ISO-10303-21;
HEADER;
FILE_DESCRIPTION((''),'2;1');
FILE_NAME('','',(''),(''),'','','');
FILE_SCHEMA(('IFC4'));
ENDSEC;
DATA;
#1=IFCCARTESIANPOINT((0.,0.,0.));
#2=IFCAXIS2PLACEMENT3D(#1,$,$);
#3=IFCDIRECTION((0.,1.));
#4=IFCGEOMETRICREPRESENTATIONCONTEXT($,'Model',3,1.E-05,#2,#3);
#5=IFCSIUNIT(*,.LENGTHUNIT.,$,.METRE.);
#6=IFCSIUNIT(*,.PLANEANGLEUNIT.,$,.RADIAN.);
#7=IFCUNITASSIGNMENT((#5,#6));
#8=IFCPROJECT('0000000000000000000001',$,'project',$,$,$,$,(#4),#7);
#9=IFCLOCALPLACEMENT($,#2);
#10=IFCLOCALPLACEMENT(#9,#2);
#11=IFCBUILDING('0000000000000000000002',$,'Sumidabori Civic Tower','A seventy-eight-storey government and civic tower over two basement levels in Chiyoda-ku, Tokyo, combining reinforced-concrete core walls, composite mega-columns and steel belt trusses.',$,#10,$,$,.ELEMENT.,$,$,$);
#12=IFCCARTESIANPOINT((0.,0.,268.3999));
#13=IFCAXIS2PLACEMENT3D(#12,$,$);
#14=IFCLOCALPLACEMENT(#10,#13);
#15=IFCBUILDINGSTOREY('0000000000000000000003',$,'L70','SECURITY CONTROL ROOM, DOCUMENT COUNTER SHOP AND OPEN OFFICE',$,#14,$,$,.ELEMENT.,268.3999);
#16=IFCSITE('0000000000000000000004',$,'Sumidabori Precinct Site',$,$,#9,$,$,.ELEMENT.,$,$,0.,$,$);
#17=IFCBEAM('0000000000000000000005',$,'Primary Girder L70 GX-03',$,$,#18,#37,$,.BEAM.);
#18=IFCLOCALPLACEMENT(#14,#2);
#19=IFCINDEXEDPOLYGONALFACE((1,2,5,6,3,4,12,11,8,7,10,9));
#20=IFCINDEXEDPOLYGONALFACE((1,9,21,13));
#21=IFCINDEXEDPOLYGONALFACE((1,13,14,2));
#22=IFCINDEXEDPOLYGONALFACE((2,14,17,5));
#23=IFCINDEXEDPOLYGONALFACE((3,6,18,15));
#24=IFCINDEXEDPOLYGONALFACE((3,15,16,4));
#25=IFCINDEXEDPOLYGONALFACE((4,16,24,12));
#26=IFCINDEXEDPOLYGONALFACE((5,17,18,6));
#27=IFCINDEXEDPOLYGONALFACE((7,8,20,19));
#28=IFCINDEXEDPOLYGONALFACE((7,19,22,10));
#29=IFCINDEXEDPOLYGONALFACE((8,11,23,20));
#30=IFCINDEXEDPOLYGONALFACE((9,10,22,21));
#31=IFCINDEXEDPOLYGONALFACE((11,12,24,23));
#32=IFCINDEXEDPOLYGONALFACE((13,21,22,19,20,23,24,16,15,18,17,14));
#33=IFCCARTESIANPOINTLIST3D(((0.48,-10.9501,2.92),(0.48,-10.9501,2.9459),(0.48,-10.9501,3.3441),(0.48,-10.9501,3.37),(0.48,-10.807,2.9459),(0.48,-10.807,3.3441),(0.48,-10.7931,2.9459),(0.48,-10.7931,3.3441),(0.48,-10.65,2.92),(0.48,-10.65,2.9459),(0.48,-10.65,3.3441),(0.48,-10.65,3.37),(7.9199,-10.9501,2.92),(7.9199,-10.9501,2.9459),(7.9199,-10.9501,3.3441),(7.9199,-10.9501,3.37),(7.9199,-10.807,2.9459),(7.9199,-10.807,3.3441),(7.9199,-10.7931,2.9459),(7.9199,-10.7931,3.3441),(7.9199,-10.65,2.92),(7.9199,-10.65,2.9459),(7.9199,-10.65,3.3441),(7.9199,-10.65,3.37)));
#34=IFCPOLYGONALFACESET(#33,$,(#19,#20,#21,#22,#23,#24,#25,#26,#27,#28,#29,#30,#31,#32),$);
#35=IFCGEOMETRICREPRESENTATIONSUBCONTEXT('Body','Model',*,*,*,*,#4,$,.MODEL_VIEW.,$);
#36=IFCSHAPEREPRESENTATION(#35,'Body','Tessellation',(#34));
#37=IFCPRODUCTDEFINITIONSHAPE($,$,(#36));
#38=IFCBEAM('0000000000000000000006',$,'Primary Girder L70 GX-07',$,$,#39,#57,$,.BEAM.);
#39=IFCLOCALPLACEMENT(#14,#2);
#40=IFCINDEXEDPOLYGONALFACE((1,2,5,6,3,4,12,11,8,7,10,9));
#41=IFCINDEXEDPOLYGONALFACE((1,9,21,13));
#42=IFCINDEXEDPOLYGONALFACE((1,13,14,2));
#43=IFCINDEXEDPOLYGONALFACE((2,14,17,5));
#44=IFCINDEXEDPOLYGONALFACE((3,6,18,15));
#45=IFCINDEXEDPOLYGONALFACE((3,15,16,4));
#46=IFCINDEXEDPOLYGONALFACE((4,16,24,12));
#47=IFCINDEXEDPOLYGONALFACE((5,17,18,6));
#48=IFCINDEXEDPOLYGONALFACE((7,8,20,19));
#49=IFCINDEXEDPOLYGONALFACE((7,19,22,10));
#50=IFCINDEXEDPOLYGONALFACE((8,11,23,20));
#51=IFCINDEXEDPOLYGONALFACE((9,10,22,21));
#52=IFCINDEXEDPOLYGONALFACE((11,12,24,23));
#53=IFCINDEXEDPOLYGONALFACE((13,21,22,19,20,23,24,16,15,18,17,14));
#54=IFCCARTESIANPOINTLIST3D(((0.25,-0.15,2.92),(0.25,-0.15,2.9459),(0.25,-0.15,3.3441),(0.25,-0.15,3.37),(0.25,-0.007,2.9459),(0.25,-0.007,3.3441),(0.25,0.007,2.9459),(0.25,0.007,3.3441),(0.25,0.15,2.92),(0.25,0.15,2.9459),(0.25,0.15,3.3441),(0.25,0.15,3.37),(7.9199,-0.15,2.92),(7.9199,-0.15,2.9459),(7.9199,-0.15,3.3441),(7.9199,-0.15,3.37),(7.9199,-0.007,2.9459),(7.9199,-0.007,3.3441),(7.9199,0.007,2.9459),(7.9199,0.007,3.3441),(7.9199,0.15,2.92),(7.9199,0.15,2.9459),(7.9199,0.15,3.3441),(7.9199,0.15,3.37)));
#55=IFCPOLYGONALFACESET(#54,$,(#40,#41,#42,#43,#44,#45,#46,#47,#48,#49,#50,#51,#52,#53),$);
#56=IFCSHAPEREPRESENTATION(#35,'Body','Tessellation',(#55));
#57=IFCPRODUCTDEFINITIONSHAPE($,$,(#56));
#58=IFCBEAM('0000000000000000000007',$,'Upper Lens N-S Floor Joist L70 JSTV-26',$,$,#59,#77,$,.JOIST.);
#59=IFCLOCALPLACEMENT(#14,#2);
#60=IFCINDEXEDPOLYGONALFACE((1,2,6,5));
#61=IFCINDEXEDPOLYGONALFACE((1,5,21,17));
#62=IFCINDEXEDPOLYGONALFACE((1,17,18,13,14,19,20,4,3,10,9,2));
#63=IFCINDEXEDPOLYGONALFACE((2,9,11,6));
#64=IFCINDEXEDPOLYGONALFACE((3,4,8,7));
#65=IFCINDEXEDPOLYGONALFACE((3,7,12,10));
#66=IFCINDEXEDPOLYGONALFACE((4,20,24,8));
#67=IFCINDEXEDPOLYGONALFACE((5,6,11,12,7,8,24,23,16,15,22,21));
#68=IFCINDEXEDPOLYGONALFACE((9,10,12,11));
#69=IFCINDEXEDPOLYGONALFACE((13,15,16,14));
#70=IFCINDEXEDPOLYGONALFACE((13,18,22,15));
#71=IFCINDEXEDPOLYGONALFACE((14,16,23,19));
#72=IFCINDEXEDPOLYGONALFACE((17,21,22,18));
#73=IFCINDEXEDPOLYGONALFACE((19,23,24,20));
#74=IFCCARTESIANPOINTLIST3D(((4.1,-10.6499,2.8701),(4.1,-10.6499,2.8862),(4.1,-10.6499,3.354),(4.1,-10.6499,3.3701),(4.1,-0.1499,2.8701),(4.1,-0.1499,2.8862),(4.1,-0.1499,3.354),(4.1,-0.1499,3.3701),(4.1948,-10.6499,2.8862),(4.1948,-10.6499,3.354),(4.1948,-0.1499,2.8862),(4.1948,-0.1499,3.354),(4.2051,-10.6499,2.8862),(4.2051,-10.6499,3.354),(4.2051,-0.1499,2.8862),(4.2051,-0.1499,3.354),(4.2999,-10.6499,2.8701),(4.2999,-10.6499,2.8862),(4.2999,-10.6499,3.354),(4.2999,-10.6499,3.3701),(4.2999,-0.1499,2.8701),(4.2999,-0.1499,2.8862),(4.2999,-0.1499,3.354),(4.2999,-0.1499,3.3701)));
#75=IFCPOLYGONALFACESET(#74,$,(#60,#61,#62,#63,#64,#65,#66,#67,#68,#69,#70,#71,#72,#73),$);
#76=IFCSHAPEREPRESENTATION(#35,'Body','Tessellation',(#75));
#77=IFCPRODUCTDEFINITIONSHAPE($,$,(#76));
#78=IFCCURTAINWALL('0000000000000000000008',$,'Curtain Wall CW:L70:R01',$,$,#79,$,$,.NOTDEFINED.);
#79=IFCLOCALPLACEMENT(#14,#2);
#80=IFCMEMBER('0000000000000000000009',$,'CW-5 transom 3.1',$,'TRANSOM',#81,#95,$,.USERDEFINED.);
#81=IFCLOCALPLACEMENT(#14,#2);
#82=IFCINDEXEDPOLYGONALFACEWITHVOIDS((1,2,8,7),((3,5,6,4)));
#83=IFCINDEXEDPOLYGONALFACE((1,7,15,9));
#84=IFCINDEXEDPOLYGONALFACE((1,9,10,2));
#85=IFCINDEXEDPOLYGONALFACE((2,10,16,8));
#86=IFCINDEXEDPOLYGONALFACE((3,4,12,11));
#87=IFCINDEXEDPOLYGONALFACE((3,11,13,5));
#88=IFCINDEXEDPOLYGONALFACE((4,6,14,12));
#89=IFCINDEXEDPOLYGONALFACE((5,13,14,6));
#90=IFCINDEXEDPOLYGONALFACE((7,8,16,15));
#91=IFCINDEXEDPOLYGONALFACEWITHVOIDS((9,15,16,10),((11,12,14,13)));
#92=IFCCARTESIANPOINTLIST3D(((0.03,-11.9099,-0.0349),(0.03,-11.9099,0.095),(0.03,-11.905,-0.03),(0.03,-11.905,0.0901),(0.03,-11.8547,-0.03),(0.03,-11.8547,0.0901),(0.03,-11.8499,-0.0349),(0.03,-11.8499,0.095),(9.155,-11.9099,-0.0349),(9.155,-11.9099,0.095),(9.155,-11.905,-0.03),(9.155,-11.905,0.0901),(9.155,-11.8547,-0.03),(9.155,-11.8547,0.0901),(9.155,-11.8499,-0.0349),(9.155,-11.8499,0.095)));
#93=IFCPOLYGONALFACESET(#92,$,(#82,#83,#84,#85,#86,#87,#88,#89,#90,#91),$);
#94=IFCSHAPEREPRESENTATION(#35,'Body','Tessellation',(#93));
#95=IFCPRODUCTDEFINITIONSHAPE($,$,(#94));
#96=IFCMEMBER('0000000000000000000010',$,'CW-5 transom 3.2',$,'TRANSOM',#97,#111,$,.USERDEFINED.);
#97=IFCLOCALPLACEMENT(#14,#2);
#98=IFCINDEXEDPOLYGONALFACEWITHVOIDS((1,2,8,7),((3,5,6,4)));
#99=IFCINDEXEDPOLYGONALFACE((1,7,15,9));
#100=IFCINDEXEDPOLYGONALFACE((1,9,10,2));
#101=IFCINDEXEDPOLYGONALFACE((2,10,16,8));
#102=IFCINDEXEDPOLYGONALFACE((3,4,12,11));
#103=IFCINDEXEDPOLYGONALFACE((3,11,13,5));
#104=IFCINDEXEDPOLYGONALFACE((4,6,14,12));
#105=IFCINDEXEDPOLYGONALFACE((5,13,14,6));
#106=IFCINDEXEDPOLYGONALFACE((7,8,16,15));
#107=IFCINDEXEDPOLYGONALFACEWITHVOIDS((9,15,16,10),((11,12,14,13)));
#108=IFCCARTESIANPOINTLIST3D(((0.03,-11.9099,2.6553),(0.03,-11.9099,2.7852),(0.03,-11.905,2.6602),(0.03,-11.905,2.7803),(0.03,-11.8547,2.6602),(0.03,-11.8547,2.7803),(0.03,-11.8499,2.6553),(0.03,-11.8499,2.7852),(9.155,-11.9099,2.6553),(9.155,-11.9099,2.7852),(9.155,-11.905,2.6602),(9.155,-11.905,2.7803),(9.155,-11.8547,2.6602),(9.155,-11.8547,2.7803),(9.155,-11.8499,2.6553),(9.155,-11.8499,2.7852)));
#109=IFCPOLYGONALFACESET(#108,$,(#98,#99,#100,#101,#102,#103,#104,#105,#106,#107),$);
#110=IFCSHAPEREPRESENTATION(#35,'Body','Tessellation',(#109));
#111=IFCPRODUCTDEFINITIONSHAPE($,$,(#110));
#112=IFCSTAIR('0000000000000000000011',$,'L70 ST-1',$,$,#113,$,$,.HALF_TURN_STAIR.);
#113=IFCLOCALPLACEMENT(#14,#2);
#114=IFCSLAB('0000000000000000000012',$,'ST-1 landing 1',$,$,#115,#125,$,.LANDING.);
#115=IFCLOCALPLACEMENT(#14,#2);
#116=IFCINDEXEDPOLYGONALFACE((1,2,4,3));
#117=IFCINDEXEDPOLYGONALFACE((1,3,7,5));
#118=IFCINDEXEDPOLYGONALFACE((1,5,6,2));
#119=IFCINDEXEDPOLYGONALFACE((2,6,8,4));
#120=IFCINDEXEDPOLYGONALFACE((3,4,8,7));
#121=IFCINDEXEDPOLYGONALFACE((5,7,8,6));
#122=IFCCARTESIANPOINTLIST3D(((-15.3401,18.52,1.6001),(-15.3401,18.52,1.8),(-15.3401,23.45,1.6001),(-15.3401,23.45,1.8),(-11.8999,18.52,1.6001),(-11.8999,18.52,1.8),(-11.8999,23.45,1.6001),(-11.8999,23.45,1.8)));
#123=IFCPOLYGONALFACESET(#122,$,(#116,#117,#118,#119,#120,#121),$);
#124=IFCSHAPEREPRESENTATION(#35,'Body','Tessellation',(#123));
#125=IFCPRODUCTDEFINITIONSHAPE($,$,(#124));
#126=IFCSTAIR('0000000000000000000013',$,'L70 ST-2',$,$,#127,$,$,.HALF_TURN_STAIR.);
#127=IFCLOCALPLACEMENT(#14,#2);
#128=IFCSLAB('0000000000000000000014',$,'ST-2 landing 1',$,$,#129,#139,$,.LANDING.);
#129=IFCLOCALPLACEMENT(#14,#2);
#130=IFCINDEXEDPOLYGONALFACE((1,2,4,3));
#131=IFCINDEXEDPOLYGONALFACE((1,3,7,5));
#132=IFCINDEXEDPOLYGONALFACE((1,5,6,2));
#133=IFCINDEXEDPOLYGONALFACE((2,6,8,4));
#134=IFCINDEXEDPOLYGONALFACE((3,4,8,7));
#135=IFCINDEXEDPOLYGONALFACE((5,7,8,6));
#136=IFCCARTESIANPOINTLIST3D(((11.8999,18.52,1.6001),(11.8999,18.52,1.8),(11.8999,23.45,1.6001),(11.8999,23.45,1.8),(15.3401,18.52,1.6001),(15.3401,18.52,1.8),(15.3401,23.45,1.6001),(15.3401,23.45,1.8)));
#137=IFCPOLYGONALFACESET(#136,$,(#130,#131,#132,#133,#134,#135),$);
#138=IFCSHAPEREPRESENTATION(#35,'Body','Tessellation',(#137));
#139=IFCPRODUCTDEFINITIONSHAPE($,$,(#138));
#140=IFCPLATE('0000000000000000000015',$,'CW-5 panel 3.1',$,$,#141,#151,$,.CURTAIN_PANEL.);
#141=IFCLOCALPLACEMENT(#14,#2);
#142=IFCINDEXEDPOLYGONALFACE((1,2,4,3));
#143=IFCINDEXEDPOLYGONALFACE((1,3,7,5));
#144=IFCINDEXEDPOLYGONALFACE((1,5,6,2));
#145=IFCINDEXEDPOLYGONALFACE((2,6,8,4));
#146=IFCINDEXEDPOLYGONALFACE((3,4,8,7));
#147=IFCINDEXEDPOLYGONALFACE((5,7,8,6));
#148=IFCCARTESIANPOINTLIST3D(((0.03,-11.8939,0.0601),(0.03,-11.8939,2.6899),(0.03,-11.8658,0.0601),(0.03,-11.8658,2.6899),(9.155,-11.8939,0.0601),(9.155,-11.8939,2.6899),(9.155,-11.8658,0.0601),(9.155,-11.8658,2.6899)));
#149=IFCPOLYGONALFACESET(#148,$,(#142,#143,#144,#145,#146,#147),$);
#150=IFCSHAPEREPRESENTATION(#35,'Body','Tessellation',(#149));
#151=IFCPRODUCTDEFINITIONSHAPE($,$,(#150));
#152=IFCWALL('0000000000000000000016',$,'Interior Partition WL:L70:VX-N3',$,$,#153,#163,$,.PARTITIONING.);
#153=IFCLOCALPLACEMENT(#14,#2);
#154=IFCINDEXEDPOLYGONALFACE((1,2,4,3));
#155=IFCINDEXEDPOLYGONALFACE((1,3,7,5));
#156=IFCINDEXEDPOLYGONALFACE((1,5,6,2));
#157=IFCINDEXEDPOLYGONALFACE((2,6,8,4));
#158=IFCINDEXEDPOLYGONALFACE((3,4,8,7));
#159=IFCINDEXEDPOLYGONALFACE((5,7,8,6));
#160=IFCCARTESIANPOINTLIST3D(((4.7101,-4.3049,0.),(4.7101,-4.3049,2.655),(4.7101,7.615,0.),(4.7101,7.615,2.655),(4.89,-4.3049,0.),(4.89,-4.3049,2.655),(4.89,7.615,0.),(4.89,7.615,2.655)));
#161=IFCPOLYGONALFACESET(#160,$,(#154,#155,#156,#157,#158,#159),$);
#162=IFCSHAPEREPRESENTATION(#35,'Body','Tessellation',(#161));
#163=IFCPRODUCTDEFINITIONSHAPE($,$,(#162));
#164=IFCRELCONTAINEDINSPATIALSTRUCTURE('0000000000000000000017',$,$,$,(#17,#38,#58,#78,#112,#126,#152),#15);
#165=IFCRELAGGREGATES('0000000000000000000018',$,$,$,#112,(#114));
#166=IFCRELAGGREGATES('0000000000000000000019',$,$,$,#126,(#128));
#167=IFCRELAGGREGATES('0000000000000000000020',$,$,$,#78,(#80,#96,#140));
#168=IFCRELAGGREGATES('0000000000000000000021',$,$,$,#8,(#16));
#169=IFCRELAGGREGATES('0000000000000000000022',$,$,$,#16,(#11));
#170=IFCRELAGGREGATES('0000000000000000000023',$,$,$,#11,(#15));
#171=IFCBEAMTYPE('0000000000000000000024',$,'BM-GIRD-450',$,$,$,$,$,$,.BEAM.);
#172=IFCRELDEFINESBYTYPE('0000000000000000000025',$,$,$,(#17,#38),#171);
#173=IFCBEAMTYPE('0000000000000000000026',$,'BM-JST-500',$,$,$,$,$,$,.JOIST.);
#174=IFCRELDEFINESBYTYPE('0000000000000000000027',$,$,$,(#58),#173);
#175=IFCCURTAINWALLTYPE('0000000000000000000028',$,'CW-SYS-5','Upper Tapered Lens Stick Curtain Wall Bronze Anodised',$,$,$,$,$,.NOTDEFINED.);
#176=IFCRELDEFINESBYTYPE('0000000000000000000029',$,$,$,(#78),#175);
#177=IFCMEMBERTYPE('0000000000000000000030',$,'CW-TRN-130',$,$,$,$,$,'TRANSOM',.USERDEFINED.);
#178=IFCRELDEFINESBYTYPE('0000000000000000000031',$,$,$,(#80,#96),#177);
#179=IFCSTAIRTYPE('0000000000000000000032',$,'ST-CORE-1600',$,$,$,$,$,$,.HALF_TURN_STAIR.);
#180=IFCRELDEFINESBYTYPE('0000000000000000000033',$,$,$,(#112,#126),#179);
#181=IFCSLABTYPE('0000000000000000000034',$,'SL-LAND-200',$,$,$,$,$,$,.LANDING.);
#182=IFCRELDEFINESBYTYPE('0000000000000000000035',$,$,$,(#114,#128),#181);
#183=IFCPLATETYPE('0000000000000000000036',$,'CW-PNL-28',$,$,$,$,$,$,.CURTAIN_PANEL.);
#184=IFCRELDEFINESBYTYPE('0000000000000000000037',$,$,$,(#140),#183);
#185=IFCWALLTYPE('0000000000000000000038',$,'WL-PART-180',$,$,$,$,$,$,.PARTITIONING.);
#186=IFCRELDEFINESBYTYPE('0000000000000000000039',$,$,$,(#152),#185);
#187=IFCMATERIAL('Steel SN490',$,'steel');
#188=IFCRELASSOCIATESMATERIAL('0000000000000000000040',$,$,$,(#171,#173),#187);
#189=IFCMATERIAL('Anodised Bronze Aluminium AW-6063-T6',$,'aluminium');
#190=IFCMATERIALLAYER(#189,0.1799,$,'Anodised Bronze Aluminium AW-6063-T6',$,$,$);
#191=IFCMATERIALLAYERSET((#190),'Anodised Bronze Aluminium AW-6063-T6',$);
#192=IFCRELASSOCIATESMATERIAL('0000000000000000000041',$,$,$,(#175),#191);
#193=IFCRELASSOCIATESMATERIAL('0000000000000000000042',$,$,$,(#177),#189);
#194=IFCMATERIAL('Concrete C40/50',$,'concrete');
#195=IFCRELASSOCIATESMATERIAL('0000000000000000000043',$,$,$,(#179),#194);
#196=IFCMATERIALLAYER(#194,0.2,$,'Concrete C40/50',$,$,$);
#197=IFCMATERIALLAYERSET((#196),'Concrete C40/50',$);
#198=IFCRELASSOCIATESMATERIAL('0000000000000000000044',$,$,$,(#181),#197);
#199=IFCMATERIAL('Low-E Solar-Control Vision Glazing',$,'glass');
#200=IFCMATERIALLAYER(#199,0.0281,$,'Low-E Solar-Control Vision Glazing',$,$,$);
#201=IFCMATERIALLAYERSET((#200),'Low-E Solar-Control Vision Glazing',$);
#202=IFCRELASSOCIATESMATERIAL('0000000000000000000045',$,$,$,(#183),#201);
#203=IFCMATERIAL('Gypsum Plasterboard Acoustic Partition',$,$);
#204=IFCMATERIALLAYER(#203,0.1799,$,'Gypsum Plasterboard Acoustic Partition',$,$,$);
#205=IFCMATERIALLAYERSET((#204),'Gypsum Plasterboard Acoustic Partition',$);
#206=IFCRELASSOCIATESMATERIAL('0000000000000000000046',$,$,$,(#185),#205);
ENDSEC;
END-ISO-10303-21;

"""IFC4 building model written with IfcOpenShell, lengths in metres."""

from ifc_helpers import new_model, si_unit, direction, frame, frame_2d, origin, origin_2d, place, context, subcontext, project, spatial, polyline, rectangle, hollow_rectangle, i_section, outline, extrude, source, transform, mapped, material, layer, layer_set, material_profile, profile_set, type_object, element, aggregate, save


model = new_model("IFC4")

# Units and contexts
model_context = context("Model", 3, precision=1e-05, world=origin(), true_north=direction((0.0, 1.0)))
body_context = subcontext(model_context, "Body", "Model", "MODEL_VIEW")
ifc_project = project(units=[si_unit("LENGTHUNIT", "METRE"), si_unit("PLANEANGLEUNIT", "RADIAN")], contexts=[model_context])

# Site, building, storey
site_placement = place(None, origin())
site = spatial("IfcSite", under=ifc_project, at=site_placement, Name="Sumidabori Precinct Site", CompositionType="ELEMENT", RefElevation=0.0)
building_placement = place(site_placement, origin())
building = spatial("IfcBuilding", under=site, at=building_placement, Name="Sumidabori Civic Tower", Description="A seventy-eight-storey government and civic tower over two basement levels in Chiyoda-ku, Tokyo, combining reinforced-concrete core walls, composite mega-columns and steel belt trusses.", CompositionType="ELEMENT")
storey_placement = place(building_placement, frame((0.0, 0.0, 268.3999)))
storey = spatial("IfcBuildingStorey", under=building, at=storey_placement, Name="L70", Description="SECURITY CONTROL ROOM, DOCUMENT COUNTER SHOP AND OPEN OFFICE", CompositionType="ELEMENT", Elevation=268.3999)

# Beams
ifc_material_1 = material(Name="Steel SN490", Category="steel")
ifc_material_profile_1 = material_profile(ifc_material_1, i_section(OverallWidth=0.3, OverallDepth=0.45, WebThickness=0.0139, FlangeThickness=0.0259, at=origin_2d()), Name="HE 450 B")
ifc_profile_set_1 = profile_set([ifc_material_profile_1], Name="Steel SN490")
beam_type_1 = type_object("IfcBeamType", Name="BM-GIRD-450", PredefinedType="BEAM", material=ifc_profile_set_1)
shared_shape_1 = source(origin(), body_context, "Body", "SweptSolid", [
    extrude(i_section(OverallWidth=0.3, OverallDepth=0.45, WebThickness=0.0139, FlangeThickness=0.0259, at=origin_2d()), origin(), (0.0, 0.0, 1.0), 7.4399),
])
beam_1_placement = place(storey_placement, frame((0.48, -10.8, 3.145), z_axis=(1.0, 0.0, 0.0), x_axis=(0.0, 1.0, 0.0)))
element("IfcBeam", 1, at=beam_1_placement, inside=storey, type_object=beam_type_1, Name="Primary Girder L70 GX-03", PredefinedType="BEAM", context=body_context, shape_type="MappedRepresentation", body=[
    mapped(shared_shape_1, transform((0.0, 0.0, 0.0), x_axis=(1.0, 0.0, 0.0), y_axis=(0.0, 1.0, 0.0), z_axis=(0.0, 0.0, 1.0), scale=1.0)),
])
shared_shape_2 = source(origin(), body_context, "Body", "SweptSolid", [
    extrude(i_section(OverallWidth=0.3, OverallDepth=0.45, WebThickness=0.0139, FlangeThickness=0.0259, at=origin_2d()), origin(), (0.0, 0.0, 1.0), 7.6699),
])
beam_2_placement = place(storey_placement, frame((0.25, 0.0, 3.145), z_axis=(1.0, 0.0, 0.0), x_axis=(0.0, 1.0, 0.0)))
element("IfcBeam", 2, at=beam_2_placement, inside=storey, type_object=beam_type_1, Name="Primary Girder L70 GX-07", PredefinedType="BEAM", context=body_context, shape_type="MappedRepresentation", body=[
    mapped(shared_shape_2, transform((0.0, 0.0, 0.0), x_axis=(1.0, 0.0, 0.0), y_axis=(0.0, 1.0, 0.0), z_axis=(0.0, 0.0, 1.0), scale=1.0)),
])
ifc_material_profile_2 = material_profile(ifc_material_1, i_section(OverallWidth=0.2, OverallDepth=0.5, WebThickness=0.0103, FlangeThickness=0.0161, at=origin_2d()), Name="IPE 500")
ifc_profile_set_2 = profile_set([ifc_material_profile_2], Name="Steel SN490")
beam_type_2 = type_object("IfcBeamType", Name="BM-JST-500", PredefinedType="JOIST", material=ifc_profile_set_2)
shared_shape_3 = source(origin(), body_context, "Body", "SweptSolid", [
    extrude(i_section(OverallWidth=0.2, OverallDepth=0.5, WebThickness=0.0103, FlangeThickness=0.0161, at=origin_2d()), origin(), (0.0, 0.0, 1.0), 10.5),
])
beam_3_placement = place(storey_placement, frame((4.2, -10.6499, 3.1201), z_axis=(0.0, 1.0, 0.0), x_axis=(-1.0, 0.0, 0.0)))
element("IfcBeam", 3, at=beam_3_placement, inside=storey, type_object=beam_type_2, Name="Upper Lens N-S Floor Joist L70 JSTV-26", PredefinedType="JOIST", context=body_context, shape_type="MappedRepresentation", body=[
    mapped(shared_shape_3, transform((0.0, 0.0, 0.0), x_axis=(1.0, 0.0, 0.0), y_axis=(0.0, 1.0, 0.0), z_axis=(0.0, 0.0, 1.0), scale=1.0)),
])

# Curtain wall, members
ifc_material_2 = material(Name="Anodised Bronze Aluminium AW-6063-T6", Category="aluminium")
ifc_layer_1 = layer(ifc_material_2, 0.1799, Name="Anodised Bronze Aluminium AW-6063-T6")
ifc_layer_set_1 = layer_set([ifc_layer_1], Name="Anodised Bronze Aluminium AW-6063-T6")
curtain_wall_type = type_object("IfcCurtainWallType", Name="CW-SYS-5", Description="Upper Tapered Lens Stick Curtain Wall Bronze Anodised", PredefinedType="NOTDEFINED", material=ifc_layer_set_1)
curtain_wall_placement = place(storey_placement, origin())
curtain_wall = element("IfcCurtainWall", 4, at=curtain_wall_placement, inside=storey, type_object=curtain_wall_type, Name="Curtain Wall CW:L70:R01", PredefinedType="NOTDEFINED")
ifc_material_profile_3 = material_profile(ifc_material_2, hollow_rectangle(XDim=0.0601, YDim=0.1299, WallThickness=0.0049, at=origin_2d()), Name="ALU TRANSOM 130x60")
ifc_profile_set_3 = profile_set([ifc_material_profile_3], Name="Anodised Bronze Aluminium AW-6063-T6")
member_type = type_object("IfcMemberType", Name="CW-TRN-130", ElementType="TRANSOM", PredefinedType="USERDEFINED", material=ifc_profile_set_3)
shared_shape_4 = source(origin(), body_context, "Body", "SweptSolid", [
    extrude(hollow_rectangle(XDim=0.0601, YDim=0.1299, WallThickness=0.0049, at=origin_2d()), origin(), (0.0, 0.0, 1.0), 9.125),
])
member_1_placement = place(storey_placement, frame((0.03, -11.8799, 0.03), z_axis=(1.0, 0.0, 0.0), x_axis=(0.0, 1.0, 0.0)))
member_1 = element("IfcMember", 5, at=member_1_placement, type_object=member_type, Name="CW-5 transom 3.1", ObjectType="TRANSOM", PredefinedType="USERDEFINED", context=body_context, shape_type="MappedRepresentation", body=[
    mapped(shared_shape_4, transform((0.0, 0.0, 0.0), x_axis=(1.0, 0.0, 0.0), y_axis=(0.0, 1.0, 0.0), z_axis=(0.0, 0.0, 1.0), scale=1.0)),
])
member_2_placement = place(storey_placement, frame((0.03, -11.8799, 2.7202), z_axis=(1.0, 0.0, 0.0), x_axis=(0.0, 1.0, 0.0)))
member_2 = element("IfcMember", 6, at=member_2_placement, type_object=member_type, Name="CW-5 transom 3.2", ObjectType="TRANSOM", PredefinedType="USERDEFINED", context=body_context, shape_type="MappedRepresentation", body=[
    mapped(shared_shape_4, transform((0.0, 0.0, 0.0), x_axis=(1.0, 0.0, 0.0), y_axis=(0.0, 1.0, 0.0), z_axis=(0.0, 0.0, 1.0), scale=1.0)),
])

# Stairs, slabs
ifc_material_3 = material(Name="Concrete C40/50", Category="concrete")
stair_type = type_object("IfcStairType", Name="ST-CORE-1600", PredefinedType="HALF_TURN_STAIR", material=ifc_material_3)
stair_1_placement = place(storey_placement, origin())
stair_1 = element("IfcStair", 7, at=stair_1_placement, inside=storey, type_object=stair_type, Name="L70 ST-1", PredefinedType="HALF_TURN_STAIR")
ifc_layer_2 = layer(ifc_material_3, 0.2, Name="Concrete C40/50")
ifc_layer_set_2 = layer_set([ifc_layer_2], Name="Concrete C40/50")
slab_type = type_object("IfcSlabType", Name="SL-LAND-200", PredefinedType="LANDING", material=ifc_layer_set_2)
slab_1_placement = place(storey_placement, frame((0.0, 0.0, 1.6001)))
slab_1 = element("IfcSlab", 8, at=slab_1_placement, type_object=slab_type, Name="ST-1 landing 1", PredefinedType="LANDING", context=body_context, shape_type="SweptSolid", body=[
    extrude(outline(polyline([(-11.8999, 18.52), (-11.8999, 23.45), (-15.3401, 23.45), (-15.3401, 18.52), (-11.8999, 18.52)])), origin(), (0.0, 0.0, 1.0), 0.2),
])
aggregate(stair_1, [slab_1])
stair_2_placement = place(storey_placement, origin())
stair_2 = element("IfcStair", 9, at=stair_2_placement, inside=storey, type_object=stair_type, Name="L70 ST-2", PredefinedType="HALF_TURN_STAIR")
slab_2_placement = place(storey_placement, frame((0.0, 0.0, 1.6001)))
slab_2 = element("IfcSlab", 10, at=slab_2_placement, type_object=slab_type, Name="ST-2 landing 1", PredefinedType="LANDING", context=body_context, shape_type="SweptSolid", body=[
    extrude(outline(polyline([(15.3401, 18.52), (15.3401, 23.45), (11.8999, 23.45), (11.8999, 18.52), (15.3401, 18.52)])), origin(), (0.0, 0.0, 1.0), 0.2),
])
aggregate(stair_2, [slab_2])

# Plate
ifc_material_4 = material(Name="Low-E Solar-Control Vision Glazing", Category="glass")
ifc_layer_3 = layer(ifc_material_4, 0.0281, Name="Low-E Solar-Control Vision Glazing")
ifc_layer_set_3 = layer_set([ifc_layer_3], Name="Low-E Solar-Control Vision Glazing")
plate_type = type_object("IfcPlateType", Name="CW-PNL-28", PredefinedType="CURTAIN_PANEL", material=ifc_layer_set_3)
shared_shape_5 = source(origin(), body_context, "Body", "SweptSolid", [
    extrude(rectangle(XDim=9.125, YDim=0.0281, at=origin_2d()), origin(), (0.0, 0.0, 1.0), 2.6299),
])
plate_placement = place(storey_placement, frame((4.5925, -11.8799, 0.0601), z_axis=(0.0, 0.0, 1.0), x_axis=(1.0, 0.0, 0.0)))
plate = element("IfcPlate", 11, at=plate_placement, type_object=plate_type, Name="CW-5 panel 3.1", PredefinedType="CURTAIN_PANEL", context=body_context, shape_type="MappedRepresentation", body=[
    mapped(shared_shape_5, transform((0.0, 0.0, 0.0), x_axis=(1.0, 0.0, 0.0), y_axis=(0.0, 1.0, 0.0), z_axis=(0.0, 0.0, 1.0), scale=1.0)),
])
aggregate(curtain_wall, [member_1, member_2, plate])

# Wall
ifc_material_5 = material(Name="Gypsum Plasterboard Acoustic Partition")
ifc_layer_4 = layer(ifc_material_5, 0.1799, Name="Gypsum Plasterboard Acoustic Partition")
ifc_layer_set_4 = layer_set([ifc_layer_4], Name="Gypsum Plasterboard Acoustic Partition")
wall_type = type_object("IfcWallType", Name="WL-PART-180", PredefinedType="PARTITIONING", material=ifc_layer_set_4)
shared_shape_6 = source(origin(), body_context, "Body", "SweptSolid", [
    extrude(rectangle(XDim=11.9199, YDim=0.1799, at=frame_2d((5.96, 0.0))), origin(), (0.0, 0.0, 1.0), 2.655),
])
wall_placement = place(storey_placement, frame((4.8, -4.3049, 0.0), z_axis=(0.0, 0.0, 1.0), x_axis=(0.0, 1.0, 0.0)))
element("IfcWall", 12, at=wall_placement, inside=storey, type_object=wall_type, Name="Interior Partition WL:L70:VX-N3", PredefinedType="PARTITIONING", context=body_context, shape_type="MappedRepresentation", body=[
    mapped(shared_shape_6, transform((0.0, 0.0, 0.0), x_axis=(1.0, 0.0, 0.0), y_axis=(0.0, 1.0, 0.0), z_axis=(0.0, 0.0, 1.0), scale=1.0)),
])

save(model, "model.ifc")
